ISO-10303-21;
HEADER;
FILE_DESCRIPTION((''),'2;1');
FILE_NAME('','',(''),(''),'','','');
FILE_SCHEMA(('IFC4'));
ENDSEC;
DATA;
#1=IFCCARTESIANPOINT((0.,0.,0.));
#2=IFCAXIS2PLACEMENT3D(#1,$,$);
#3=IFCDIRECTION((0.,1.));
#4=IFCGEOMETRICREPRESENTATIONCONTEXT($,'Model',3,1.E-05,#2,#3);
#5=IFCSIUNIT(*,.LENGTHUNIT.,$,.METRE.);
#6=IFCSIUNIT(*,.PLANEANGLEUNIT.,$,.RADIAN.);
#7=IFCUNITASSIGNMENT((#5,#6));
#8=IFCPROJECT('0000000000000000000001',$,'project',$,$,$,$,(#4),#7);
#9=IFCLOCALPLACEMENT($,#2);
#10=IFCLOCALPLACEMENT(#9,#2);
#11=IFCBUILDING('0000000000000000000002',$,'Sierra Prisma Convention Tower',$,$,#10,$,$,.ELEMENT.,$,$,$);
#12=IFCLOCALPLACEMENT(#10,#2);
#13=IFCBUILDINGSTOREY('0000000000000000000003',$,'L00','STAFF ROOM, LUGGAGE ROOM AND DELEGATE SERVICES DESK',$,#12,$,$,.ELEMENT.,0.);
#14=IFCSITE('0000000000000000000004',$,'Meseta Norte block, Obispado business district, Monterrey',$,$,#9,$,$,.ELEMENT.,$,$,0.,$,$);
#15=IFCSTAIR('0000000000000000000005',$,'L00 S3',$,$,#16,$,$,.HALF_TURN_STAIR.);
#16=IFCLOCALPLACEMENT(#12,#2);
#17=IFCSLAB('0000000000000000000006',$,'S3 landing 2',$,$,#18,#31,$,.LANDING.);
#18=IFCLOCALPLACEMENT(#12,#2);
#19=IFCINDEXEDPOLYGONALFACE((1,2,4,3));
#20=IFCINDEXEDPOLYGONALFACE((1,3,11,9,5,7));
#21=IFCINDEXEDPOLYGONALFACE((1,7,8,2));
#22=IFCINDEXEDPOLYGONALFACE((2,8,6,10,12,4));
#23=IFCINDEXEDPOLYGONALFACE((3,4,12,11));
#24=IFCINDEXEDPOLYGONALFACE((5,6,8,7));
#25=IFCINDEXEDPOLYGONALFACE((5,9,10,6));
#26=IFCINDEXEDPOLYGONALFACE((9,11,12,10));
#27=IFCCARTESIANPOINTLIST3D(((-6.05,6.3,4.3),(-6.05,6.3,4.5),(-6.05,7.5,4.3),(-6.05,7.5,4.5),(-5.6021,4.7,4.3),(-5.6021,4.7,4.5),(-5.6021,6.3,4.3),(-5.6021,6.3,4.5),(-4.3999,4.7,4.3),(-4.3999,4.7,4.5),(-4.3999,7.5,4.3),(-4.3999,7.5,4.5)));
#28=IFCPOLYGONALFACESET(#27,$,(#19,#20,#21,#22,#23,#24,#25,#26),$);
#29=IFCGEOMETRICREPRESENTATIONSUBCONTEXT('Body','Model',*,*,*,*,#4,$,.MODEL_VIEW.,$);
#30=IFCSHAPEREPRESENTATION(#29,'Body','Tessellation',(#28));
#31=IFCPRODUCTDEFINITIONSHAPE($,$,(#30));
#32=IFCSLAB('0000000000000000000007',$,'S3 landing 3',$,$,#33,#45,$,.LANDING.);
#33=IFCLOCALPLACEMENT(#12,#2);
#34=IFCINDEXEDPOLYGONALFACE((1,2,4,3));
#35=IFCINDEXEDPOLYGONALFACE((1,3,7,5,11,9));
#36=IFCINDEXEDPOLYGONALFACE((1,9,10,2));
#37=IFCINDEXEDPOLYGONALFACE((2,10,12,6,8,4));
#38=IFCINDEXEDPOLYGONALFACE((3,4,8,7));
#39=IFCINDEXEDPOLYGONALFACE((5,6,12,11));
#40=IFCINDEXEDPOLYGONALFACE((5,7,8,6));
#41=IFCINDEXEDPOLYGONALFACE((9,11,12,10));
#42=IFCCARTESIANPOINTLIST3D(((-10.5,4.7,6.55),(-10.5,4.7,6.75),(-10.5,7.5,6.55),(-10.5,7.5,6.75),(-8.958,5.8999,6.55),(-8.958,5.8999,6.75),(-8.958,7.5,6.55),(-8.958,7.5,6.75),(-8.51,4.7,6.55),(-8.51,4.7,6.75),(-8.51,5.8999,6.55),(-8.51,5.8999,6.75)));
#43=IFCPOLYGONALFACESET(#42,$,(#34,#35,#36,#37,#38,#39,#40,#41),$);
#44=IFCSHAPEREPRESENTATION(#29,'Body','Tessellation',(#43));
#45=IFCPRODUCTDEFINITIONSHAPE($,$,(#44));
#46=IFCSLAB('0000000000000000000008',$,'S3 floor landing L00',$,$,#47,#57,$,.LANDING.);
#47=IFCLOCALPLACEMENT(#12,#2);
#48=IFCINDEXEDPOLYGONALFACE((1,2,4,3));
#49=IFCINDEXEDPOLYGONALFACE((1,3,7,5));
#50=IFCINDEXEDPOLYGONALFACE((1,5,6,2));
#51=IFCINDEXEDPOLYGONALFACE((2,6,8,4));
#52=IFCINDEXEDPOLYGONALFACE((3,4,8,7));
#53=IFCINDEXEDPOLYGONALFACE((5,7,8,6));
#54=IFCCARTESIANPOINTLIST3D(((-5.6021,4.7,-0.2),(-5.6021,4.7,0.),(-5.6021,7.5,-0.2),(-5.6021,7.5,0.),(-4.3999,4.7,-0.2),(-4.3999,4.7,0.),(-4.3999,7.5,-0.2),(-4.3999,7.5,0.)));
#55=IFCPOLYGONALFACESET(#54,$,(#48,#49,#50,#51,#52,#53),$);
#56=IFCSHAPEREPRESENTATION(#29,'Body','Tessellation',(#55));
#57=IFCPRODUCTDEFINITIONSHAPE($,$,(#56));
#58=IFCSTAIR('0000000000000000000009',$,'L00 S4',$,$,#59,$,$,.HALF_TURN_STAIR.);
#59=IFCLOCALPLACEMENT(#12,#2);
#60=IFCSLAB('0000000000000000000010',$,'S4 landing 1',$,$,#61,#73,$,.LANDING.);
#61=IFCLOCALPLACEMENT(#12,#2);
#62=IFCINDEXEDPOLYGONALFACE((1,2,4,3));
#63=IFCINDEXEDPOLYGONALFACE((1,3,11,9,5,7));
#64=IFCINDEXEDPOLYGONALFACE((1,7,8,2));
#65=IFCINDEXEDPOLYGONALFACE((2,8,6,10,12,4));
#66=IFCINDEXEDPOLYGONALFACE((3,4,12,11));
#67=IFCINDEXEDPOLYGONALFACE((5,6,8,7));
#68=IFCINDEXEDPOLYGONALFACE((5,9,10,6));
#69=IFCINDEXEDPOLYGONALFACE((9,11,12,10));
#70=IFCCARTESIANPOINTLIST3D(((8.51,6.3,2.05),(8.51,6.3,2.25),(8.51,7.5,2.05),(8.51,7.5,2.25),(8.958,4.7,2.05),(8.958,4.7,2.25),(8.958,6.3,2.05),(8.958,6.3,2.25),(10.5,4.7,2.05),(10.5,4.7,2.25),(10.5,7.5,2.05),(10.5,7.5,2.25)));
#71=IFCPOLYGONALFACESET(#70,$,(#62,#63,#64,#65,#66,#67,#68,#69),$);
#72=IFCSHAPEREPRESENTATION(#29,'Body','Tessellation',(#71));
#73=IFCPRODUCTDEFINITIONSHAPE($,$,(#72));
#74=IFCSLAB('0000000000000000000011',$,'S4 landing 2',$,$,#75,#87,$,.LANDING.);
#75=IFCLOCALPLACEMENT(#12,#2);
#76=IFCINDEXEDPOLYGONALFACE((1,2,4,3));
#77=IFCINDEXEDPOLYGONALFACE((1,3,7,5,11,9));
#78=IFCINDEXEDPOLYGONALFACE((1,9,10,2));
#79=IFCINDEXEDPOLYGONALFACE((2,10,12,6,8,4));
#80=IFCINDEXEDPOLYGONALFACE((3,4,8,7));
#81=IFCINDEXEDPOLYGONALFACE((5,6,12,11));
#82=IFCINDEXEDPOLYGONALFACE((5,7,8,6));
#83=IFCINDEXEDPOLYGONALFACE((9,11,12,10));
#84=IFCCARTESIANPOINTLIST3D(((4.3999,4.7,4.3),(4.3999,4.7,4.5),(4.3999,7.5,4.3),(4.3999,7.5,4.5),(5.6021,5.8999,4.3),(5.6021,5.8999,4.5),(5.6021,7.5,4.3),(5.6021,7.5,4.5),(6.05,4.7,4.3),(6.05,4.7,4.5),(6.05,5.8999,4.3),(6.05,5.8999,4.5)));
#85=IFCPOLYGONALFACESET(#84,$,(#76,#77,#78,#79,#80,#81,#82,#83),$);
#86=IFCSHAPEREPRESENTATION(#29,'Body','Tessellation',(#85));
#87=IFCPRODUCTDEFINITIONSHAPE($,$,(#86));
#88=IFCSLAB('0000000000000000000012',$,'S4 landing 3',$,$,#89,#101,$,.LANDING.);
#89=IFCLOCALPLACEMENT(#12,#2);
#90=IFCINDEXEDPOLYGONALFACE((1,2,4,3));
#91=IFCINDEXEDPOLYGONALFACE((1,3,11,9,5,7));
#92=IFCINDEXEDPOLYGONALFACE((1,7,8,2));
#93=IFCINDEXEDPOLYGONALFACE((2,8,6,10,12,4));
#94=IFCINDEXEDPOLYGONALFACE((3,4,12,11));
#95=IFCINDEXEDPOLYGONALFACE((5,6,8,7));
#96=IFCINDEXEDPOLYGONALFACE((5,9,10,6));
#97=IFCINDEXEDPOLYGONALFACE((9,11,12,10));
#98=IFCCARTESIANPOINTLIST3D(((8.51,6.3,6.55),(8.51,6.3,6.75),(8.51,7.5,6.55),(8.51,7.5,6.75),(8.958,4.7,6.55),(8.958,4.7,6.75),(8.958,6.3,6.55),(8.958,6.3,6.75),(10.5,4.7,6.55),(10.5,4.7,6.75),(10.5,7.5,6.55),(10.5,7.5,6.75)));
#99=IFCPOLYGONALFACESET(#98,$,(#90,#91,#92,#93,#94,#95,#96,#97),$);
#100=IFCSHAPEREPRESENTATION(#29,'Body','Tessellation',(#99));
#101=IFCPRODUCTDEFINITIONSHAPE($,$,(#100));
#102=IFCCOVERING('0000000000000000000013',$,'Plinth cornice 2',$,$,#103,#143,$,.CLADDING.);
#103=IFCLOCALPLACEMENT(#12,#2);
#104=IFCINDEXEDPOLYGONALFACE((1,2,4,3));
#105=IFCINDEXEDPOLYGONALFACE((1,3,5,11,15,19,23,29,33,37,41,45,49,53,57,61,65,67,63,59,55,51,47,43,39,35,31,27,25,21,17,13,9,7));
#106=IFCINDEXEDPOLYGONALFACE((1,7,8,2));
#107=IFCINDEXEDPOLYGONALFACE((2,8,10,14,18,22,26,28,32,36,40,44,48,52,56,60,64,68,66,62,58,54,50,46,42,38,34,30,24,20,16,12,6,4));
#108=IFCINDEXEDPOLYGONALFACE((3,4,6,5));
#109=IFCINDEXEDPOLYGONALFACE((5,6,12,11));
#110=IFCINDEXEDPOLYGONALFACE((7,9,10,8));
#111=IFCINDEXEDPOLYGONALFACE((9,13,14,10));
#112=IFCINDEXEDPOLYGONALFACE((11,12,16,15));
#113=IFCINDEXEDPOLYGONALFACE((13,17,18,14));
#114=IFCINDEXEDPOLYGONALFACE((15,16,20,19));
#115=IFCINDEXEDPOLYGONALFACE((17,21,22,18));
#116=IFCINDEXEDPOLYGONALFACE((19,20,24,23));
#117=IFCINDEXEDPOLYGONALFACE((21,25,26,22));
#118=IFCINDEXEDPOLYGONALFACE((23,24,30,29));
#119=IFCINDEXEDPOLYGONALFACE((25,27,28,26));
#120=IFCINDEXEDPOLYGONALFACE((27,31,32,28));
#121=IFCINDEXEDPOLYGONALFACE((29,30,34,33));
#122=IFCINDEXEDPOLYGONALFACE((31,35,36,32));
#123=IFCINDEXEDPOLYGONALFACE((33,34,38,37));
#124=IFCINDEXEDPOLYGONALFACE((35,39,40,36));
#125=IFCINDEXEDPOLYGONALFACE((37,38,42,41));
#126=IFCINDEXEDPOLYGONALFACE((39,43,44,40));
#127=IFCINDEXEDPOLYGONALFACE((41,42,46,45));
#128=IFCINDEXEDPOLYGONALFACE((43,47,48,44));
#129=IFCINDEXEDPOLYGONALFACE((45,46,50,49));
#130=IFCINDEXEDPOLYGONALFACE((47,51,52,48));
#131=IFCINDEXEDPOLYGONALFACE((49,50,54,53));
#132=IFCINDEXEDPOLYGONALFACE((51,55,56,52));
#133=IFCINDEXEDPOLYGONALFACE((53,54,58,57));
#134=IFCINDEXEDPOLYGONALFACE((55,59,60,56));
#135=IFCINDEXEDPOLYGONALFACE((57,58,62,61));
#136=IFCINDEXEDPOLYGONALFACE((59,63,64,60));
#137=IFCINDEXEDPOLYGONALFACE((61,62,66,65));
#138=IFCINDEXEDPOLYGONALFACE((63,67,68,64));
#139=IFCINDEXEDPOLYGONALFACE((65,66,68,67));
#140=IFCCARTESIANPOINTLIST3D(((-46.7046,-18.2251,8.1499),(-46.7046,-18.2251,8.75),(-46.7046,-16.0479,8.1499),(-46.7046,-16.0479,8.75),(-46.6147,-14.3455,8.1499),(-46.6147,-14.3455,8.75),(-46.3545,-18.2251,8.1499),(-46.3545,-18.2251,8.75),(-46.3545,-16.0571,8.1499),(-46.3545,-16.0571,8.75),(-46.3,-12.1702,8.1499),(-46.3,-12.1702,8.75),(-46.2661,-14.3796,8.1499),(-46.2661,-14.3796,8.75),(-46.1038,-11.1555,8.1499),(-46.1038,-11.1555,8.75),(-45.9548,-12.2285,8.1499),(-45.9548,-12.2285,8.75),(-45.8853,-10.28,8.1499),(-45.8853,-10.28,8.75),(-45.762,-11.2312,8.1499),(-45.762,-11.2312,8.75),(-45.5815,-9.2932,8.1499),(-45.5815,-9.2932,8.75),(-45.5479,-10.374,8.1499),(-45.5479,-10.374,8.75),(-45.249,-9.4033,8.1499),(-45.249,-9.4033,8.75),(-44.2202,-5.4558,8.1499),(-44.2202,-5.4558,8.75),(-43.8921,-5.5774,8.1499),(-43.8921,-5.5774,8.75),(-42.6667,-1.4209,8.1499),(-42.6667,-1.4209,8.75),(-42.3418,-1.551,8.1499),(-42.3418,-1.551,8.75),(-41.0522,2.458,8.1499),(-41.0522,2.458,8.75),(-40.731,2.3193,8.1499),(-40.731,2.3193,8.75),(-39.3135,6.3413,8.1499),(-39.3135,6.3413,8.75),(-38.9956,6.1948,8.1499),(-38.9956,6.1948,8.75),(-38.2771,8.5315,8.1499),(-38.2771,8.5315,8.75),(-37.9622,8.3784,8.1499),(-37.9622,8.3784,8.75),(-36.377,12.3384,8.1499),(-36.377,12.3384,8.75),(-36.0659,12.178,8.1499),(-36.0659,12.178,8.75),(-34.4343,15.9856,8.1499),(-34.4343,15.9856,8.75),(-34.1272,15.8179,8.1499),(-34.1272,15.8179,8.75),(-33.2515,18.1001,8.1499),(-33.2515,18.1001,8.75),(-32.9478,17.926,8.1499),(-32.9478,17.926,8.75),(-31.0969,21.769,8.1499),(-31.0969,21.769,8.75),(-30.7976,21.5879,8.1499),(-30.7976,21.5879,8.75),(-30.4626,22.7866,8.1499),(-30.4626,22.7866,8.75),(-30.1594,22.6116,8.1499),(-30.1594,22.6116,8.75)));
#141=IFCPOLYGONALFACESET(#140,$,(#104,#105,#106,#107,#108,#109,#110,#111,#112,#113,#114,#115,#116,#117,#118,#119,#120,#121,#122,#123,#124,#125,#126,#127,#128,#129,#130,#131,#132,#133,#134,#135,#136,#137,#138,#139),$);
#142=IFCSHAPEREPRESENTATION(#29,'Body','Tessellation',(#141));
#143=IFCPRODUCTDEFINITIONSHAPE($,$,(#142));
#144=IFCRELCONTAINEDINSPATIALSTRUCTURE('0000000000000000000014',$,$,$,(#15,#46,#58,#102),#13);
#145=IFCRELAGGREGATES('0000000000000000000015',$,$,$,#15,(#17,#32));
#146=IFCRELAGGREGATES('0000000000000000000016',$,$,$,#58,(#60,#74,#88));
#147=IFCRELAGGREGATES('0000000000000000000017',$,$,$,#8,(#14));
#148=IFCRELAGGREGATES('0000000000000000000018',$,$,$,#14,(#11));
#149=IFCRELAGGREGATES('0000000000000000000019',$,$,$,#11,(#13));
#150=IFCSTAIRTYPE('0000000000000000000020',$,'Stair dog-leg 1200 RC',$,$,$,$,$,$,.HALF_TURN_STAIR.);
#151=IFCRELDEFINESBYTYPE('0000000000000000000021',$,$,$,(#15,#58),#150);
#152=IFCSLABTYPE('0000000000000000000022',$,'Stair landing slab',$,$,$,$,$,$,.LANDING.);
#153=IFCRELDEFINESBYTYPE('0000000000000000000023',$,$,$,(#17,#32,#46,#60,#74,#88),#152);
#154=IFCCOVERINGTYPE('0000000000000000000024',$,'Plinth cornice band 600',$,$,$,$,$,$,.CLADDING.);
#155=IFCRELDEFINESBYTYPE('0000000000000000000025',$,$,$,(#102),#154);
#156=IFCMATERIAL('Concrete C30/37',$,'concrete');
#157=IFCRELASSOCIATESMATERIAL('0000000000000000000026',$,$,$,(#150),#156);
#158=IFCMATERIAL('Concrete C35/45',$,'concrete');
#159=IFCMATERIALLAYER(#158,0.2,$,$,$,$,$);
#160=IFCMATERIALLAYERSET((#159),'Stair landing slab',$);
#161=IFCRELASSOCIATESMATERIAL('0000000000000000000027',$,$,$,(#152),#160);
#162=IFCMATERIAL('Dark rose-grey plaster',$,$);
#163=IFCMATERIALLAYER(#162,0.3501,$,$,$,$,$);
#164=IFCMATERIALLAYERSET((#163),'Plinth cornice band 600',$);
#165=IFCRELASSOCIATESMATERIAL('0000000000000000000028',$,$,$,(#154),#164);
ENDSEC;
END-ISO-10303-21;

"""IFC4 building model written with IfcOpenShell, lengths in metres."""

from ifc_helpers import new_model, si_unit, direction, frame, origin, place, context, subcontext, project, spatial, polyline, outline, extrude, material, layer, layer_set, type_object, element, aggregate, save


model = new_model("IFC4")

# Units and contexts
model_context = context("Model", 3, precision=1e-05, world=origin(), true_north=direction((0.0, 1.0)))
body_context = subcontext(model_context, "Body", "Model", "MODEL_VIEW")
ifc_project = project(units=[si_unit("LENGTHUNIT", "METRE"), si_unit("PLANEANGLEUNIT", "RADIAN")], contexts=[model_context])

# Site, building, storey
site_placement = place(None, origin())
site = spatial("IfcSite", under=ifc_project, at=site_placement, Name="Meseta Norte block, Obispado business district, Monterrey", CompositionType="ELEMENT", RefElevation=0.0)
building_placement = place(site_placement, origin())
building = spatial("IfcBuilding", under=site, at=building_placement, Name="Sierra Prisma Convention Tower", CompositionType="ELEMENT")
storey_placement = place(building_placement, origin())
storey = spatial("IfcBuildingStorey", under=building, at=storey_placement, Name="L00", Description="STAFF ROOM, LUGGAGE ROOM AND DELEGATE SERVICES DESK", CompositionType="ELEMENT", Elevation=0.0)

# Shared definitions
ifc_material_1 = material(Name="Concrete C30/37", Category="concrete")
stair_type = type_object("IfcStairType", Name="Stair dog-leg 1200 RC", PredefinedType="HALF_TURN_STAIR", material=ifc_material_1)
ifc_material_2 = material(Name="Concrete C35/45", Category="concrete")
ifc_layer_1 = layer(ifc_material_2, 0.2)
ifc_layer_set_1 = layer_set([ifc_layer_1], Name="Stair landing slab")
slab_type = type_object("IfcSlabType", Name="Stair landing slab", PredefinedType="LANDING", material=ifc_layer_set_1)

# Stair, slabs
stair_1_placement = place(storey_placement, origin())
stair_1 = element("IfcStair", 1, at=stair_1_placement, inside=storey, type_object=stair_type, Name="L00 S3", PredefinedType="HALF_TURN_STAIR")
slab_1_placement = place(storey_placement, frame((0.0, 0.0, 4.3)))
slab_1 = element("IfcSlab", 2, at=slab_1_placement, type_object=slab_type, Name="S3 landing 2", PredefinedType="LANDING", context=body_context, shape_type="SweptSolid", body=[
    extrude(outline(polyline([(-4.3999, 7.5), (-4.3999, 4.7), (-5.6021, 4.7), (-5.6021, 6.3), (-6.05, 6.3), (-6.05, 7.5), (-4.3999, 7.5)])), origin(), (0.0, 0.0, 1.0), 0.2),
])
slab_2_placement = place(storey_placement, frame((0.0, 0.0, 6.55)))
slab_2 = element("IfcSlab", 3, at=slab_2_placement, type_object=slab_type, Name="S3 landing 3", PredefinedType="LANDING", context=body_context, shape_type="SweptSolid", body=[
    extrude(outline(polyline([(-8.51, 5.8999), (-8.51, 4.7), (-10.5, 4.7), (-10.5, 7.5), (-8.958, 7.5), (-8.958, 5.8999), (-8.51, 5.8999)])), origin(), (0.0, 0.0, 1.0), 0.2),
])
aggregate(stair_1, [slab_1, slab_2])

# Slab
slab_3_placement = place(storey_placement, frame((0.0, 0.0, -0.2)))
element("IfcSlab", 4, at=slab_3_placement, inside=storey, type_object=slab_type, Name="S3 floor landing L00", PredefinedType="LANDING", context=body_context, shape_type="SweptSolid", body=[
    extrude(outline(polyline([(-4.3999, 7.5), (-5.6021, 7.5), (-5.6021, 4.7), (-4.3999, 4.7), (-4.3999, 7.5)])), origin(), (0.0, 0.0, 1.0), 0.2),
])

# Stair, slabs
stair_2_placement = place(storey_placement, origin())
stair_2 = element("IfcStair", 5, at=stair_2_placement, inside=storey, type_object=stair_type, Name="L00 S4", PredefinedType="HALF_TURN_STAIR")
slab_4_placement = place(storey_placement, frame((0.0, 0.0, 2.05)))
slab_4 = element("IfcSlab", 6, at=slab_4_placement, type_object=slab_type, Name="S4 landing 1", PredefinedType="LANDING", context=body_context, shape_type="SweptSolid", body=[
    extrude(outline(polyline([(10.5, 7.5), (10.5, 4.7), (8.958, 4.7), (8.958, 6.3), (8.51, 6.3), (8.51, 7.5), (10.5, 7.5)])), origin(), (0.0, 0.0, 1.0), 0.2),
])
slab_5_placement = place(storey_placement, frame((0.0, 0.0, 4.3)))
slab_5 = element("IfcSlab", 7, at=slab_5_placement, type_object=slab_type, Name="S4 landing 2", PredefinedType="LANDING", context=body_context, shape_type="SweptSolid", body=[
    extrude(outline(polyline([(4.3999, 4.7), (4.3999, 7.5), (5.6021, 7.5), (5.6021, 5.8999), (6.05, 5.8999), (6.05, 4.7), (4.3999, 4.7)])), origin(), (0.0, 0.0, 1.0), 0.2),
])
slab_6_placement = place(storey_placement, frame((0.0, 0.0, 6.55)))
slab_6 = element("IfcSlab", 8, at=slab_6_placement, type_object=slab_type, Name="S4 landing 3", PredefinedType="LANDING", context=body_context, shape_type="SweptSolid", body=[
    extrude(outline(polyline([(10.5, 7.5), (10.5, 4.7), (8.958, 4.7), (8.958, 6.3), (8.51, 6.3), (8.51, 7.5), (10.5, 7.5)])), origin(), (0.0, 0.0, 1.0), 0.2),
])
aggregate(stair_2, [slab_4, slab_5, slab_6])

# Covering
ifc_material_3 = material(Name="Dark rose-grey plaster")
ifc_layer_2 = layer(ifc_material_3, 0.3501)
ifc_layer_set_2 = layer_set([ifc_layer_2], Name="Plinth cornice band 600")
covering_type = type_object("IfcCoveringType", Name="Plinth cornice band 600", PredefinedType="CLADDING", material=ifc_layer_set_2)
covering_1_placement = place(storey_placement, frame((0.0, 0.0, 8.1499)))
element("IfcCovering", 9, at=covering_1_placement, inside=storey, type_object=covering_type, Name="Plinth cornice 2", PredefinedType="CLADDING", context=body_context, shape_type="SweptSolid", body=[
    extrude(outline(polyline([(-46.7046, -18.2251), (-46.3545, -18.2251), (-46.3545, -16.0571), (-46.2661, -14.3796), (-45.9548, -12.2285), (-45.762, -11.2312), (-45.5479, -10.374), (-45.249, -9.4033), (-43.8921, -5.5774), (-42.3418, -1.551), (-40.731, 2.3193), (-38.9956, 6.1948), (-37.9622, 8.3784), (-36.0659, 12.178), (-34.1272, 15.8179), (-32.9478, 17.926), (-30.7976, 21.5879), (-30.1594, 22.6116), (-30.4626, 22.7866), (-31.0969, 21.769), (-33.2515, 18.1001), (-34.4343, 15.9856), (-36.377, 12.3384), (-38.2771, 8.5315), (-39.3135, 6.3413), (-41.0522, 2.458), (-42.6667, -1.4209), (-44.2202, -5.4558), (-45.5815, -9.2932), (-45.8853, -10.28), (-46.1038, -11.1555), (-46.3, -12.1702), (-46.6147, -14.3455), (-46.7046, -16.0479), (-46.7046, -18.2251)])), origin(), (0.0, 0.0, 1.0), 0.6001),
])

save(model, "model.ifc")
